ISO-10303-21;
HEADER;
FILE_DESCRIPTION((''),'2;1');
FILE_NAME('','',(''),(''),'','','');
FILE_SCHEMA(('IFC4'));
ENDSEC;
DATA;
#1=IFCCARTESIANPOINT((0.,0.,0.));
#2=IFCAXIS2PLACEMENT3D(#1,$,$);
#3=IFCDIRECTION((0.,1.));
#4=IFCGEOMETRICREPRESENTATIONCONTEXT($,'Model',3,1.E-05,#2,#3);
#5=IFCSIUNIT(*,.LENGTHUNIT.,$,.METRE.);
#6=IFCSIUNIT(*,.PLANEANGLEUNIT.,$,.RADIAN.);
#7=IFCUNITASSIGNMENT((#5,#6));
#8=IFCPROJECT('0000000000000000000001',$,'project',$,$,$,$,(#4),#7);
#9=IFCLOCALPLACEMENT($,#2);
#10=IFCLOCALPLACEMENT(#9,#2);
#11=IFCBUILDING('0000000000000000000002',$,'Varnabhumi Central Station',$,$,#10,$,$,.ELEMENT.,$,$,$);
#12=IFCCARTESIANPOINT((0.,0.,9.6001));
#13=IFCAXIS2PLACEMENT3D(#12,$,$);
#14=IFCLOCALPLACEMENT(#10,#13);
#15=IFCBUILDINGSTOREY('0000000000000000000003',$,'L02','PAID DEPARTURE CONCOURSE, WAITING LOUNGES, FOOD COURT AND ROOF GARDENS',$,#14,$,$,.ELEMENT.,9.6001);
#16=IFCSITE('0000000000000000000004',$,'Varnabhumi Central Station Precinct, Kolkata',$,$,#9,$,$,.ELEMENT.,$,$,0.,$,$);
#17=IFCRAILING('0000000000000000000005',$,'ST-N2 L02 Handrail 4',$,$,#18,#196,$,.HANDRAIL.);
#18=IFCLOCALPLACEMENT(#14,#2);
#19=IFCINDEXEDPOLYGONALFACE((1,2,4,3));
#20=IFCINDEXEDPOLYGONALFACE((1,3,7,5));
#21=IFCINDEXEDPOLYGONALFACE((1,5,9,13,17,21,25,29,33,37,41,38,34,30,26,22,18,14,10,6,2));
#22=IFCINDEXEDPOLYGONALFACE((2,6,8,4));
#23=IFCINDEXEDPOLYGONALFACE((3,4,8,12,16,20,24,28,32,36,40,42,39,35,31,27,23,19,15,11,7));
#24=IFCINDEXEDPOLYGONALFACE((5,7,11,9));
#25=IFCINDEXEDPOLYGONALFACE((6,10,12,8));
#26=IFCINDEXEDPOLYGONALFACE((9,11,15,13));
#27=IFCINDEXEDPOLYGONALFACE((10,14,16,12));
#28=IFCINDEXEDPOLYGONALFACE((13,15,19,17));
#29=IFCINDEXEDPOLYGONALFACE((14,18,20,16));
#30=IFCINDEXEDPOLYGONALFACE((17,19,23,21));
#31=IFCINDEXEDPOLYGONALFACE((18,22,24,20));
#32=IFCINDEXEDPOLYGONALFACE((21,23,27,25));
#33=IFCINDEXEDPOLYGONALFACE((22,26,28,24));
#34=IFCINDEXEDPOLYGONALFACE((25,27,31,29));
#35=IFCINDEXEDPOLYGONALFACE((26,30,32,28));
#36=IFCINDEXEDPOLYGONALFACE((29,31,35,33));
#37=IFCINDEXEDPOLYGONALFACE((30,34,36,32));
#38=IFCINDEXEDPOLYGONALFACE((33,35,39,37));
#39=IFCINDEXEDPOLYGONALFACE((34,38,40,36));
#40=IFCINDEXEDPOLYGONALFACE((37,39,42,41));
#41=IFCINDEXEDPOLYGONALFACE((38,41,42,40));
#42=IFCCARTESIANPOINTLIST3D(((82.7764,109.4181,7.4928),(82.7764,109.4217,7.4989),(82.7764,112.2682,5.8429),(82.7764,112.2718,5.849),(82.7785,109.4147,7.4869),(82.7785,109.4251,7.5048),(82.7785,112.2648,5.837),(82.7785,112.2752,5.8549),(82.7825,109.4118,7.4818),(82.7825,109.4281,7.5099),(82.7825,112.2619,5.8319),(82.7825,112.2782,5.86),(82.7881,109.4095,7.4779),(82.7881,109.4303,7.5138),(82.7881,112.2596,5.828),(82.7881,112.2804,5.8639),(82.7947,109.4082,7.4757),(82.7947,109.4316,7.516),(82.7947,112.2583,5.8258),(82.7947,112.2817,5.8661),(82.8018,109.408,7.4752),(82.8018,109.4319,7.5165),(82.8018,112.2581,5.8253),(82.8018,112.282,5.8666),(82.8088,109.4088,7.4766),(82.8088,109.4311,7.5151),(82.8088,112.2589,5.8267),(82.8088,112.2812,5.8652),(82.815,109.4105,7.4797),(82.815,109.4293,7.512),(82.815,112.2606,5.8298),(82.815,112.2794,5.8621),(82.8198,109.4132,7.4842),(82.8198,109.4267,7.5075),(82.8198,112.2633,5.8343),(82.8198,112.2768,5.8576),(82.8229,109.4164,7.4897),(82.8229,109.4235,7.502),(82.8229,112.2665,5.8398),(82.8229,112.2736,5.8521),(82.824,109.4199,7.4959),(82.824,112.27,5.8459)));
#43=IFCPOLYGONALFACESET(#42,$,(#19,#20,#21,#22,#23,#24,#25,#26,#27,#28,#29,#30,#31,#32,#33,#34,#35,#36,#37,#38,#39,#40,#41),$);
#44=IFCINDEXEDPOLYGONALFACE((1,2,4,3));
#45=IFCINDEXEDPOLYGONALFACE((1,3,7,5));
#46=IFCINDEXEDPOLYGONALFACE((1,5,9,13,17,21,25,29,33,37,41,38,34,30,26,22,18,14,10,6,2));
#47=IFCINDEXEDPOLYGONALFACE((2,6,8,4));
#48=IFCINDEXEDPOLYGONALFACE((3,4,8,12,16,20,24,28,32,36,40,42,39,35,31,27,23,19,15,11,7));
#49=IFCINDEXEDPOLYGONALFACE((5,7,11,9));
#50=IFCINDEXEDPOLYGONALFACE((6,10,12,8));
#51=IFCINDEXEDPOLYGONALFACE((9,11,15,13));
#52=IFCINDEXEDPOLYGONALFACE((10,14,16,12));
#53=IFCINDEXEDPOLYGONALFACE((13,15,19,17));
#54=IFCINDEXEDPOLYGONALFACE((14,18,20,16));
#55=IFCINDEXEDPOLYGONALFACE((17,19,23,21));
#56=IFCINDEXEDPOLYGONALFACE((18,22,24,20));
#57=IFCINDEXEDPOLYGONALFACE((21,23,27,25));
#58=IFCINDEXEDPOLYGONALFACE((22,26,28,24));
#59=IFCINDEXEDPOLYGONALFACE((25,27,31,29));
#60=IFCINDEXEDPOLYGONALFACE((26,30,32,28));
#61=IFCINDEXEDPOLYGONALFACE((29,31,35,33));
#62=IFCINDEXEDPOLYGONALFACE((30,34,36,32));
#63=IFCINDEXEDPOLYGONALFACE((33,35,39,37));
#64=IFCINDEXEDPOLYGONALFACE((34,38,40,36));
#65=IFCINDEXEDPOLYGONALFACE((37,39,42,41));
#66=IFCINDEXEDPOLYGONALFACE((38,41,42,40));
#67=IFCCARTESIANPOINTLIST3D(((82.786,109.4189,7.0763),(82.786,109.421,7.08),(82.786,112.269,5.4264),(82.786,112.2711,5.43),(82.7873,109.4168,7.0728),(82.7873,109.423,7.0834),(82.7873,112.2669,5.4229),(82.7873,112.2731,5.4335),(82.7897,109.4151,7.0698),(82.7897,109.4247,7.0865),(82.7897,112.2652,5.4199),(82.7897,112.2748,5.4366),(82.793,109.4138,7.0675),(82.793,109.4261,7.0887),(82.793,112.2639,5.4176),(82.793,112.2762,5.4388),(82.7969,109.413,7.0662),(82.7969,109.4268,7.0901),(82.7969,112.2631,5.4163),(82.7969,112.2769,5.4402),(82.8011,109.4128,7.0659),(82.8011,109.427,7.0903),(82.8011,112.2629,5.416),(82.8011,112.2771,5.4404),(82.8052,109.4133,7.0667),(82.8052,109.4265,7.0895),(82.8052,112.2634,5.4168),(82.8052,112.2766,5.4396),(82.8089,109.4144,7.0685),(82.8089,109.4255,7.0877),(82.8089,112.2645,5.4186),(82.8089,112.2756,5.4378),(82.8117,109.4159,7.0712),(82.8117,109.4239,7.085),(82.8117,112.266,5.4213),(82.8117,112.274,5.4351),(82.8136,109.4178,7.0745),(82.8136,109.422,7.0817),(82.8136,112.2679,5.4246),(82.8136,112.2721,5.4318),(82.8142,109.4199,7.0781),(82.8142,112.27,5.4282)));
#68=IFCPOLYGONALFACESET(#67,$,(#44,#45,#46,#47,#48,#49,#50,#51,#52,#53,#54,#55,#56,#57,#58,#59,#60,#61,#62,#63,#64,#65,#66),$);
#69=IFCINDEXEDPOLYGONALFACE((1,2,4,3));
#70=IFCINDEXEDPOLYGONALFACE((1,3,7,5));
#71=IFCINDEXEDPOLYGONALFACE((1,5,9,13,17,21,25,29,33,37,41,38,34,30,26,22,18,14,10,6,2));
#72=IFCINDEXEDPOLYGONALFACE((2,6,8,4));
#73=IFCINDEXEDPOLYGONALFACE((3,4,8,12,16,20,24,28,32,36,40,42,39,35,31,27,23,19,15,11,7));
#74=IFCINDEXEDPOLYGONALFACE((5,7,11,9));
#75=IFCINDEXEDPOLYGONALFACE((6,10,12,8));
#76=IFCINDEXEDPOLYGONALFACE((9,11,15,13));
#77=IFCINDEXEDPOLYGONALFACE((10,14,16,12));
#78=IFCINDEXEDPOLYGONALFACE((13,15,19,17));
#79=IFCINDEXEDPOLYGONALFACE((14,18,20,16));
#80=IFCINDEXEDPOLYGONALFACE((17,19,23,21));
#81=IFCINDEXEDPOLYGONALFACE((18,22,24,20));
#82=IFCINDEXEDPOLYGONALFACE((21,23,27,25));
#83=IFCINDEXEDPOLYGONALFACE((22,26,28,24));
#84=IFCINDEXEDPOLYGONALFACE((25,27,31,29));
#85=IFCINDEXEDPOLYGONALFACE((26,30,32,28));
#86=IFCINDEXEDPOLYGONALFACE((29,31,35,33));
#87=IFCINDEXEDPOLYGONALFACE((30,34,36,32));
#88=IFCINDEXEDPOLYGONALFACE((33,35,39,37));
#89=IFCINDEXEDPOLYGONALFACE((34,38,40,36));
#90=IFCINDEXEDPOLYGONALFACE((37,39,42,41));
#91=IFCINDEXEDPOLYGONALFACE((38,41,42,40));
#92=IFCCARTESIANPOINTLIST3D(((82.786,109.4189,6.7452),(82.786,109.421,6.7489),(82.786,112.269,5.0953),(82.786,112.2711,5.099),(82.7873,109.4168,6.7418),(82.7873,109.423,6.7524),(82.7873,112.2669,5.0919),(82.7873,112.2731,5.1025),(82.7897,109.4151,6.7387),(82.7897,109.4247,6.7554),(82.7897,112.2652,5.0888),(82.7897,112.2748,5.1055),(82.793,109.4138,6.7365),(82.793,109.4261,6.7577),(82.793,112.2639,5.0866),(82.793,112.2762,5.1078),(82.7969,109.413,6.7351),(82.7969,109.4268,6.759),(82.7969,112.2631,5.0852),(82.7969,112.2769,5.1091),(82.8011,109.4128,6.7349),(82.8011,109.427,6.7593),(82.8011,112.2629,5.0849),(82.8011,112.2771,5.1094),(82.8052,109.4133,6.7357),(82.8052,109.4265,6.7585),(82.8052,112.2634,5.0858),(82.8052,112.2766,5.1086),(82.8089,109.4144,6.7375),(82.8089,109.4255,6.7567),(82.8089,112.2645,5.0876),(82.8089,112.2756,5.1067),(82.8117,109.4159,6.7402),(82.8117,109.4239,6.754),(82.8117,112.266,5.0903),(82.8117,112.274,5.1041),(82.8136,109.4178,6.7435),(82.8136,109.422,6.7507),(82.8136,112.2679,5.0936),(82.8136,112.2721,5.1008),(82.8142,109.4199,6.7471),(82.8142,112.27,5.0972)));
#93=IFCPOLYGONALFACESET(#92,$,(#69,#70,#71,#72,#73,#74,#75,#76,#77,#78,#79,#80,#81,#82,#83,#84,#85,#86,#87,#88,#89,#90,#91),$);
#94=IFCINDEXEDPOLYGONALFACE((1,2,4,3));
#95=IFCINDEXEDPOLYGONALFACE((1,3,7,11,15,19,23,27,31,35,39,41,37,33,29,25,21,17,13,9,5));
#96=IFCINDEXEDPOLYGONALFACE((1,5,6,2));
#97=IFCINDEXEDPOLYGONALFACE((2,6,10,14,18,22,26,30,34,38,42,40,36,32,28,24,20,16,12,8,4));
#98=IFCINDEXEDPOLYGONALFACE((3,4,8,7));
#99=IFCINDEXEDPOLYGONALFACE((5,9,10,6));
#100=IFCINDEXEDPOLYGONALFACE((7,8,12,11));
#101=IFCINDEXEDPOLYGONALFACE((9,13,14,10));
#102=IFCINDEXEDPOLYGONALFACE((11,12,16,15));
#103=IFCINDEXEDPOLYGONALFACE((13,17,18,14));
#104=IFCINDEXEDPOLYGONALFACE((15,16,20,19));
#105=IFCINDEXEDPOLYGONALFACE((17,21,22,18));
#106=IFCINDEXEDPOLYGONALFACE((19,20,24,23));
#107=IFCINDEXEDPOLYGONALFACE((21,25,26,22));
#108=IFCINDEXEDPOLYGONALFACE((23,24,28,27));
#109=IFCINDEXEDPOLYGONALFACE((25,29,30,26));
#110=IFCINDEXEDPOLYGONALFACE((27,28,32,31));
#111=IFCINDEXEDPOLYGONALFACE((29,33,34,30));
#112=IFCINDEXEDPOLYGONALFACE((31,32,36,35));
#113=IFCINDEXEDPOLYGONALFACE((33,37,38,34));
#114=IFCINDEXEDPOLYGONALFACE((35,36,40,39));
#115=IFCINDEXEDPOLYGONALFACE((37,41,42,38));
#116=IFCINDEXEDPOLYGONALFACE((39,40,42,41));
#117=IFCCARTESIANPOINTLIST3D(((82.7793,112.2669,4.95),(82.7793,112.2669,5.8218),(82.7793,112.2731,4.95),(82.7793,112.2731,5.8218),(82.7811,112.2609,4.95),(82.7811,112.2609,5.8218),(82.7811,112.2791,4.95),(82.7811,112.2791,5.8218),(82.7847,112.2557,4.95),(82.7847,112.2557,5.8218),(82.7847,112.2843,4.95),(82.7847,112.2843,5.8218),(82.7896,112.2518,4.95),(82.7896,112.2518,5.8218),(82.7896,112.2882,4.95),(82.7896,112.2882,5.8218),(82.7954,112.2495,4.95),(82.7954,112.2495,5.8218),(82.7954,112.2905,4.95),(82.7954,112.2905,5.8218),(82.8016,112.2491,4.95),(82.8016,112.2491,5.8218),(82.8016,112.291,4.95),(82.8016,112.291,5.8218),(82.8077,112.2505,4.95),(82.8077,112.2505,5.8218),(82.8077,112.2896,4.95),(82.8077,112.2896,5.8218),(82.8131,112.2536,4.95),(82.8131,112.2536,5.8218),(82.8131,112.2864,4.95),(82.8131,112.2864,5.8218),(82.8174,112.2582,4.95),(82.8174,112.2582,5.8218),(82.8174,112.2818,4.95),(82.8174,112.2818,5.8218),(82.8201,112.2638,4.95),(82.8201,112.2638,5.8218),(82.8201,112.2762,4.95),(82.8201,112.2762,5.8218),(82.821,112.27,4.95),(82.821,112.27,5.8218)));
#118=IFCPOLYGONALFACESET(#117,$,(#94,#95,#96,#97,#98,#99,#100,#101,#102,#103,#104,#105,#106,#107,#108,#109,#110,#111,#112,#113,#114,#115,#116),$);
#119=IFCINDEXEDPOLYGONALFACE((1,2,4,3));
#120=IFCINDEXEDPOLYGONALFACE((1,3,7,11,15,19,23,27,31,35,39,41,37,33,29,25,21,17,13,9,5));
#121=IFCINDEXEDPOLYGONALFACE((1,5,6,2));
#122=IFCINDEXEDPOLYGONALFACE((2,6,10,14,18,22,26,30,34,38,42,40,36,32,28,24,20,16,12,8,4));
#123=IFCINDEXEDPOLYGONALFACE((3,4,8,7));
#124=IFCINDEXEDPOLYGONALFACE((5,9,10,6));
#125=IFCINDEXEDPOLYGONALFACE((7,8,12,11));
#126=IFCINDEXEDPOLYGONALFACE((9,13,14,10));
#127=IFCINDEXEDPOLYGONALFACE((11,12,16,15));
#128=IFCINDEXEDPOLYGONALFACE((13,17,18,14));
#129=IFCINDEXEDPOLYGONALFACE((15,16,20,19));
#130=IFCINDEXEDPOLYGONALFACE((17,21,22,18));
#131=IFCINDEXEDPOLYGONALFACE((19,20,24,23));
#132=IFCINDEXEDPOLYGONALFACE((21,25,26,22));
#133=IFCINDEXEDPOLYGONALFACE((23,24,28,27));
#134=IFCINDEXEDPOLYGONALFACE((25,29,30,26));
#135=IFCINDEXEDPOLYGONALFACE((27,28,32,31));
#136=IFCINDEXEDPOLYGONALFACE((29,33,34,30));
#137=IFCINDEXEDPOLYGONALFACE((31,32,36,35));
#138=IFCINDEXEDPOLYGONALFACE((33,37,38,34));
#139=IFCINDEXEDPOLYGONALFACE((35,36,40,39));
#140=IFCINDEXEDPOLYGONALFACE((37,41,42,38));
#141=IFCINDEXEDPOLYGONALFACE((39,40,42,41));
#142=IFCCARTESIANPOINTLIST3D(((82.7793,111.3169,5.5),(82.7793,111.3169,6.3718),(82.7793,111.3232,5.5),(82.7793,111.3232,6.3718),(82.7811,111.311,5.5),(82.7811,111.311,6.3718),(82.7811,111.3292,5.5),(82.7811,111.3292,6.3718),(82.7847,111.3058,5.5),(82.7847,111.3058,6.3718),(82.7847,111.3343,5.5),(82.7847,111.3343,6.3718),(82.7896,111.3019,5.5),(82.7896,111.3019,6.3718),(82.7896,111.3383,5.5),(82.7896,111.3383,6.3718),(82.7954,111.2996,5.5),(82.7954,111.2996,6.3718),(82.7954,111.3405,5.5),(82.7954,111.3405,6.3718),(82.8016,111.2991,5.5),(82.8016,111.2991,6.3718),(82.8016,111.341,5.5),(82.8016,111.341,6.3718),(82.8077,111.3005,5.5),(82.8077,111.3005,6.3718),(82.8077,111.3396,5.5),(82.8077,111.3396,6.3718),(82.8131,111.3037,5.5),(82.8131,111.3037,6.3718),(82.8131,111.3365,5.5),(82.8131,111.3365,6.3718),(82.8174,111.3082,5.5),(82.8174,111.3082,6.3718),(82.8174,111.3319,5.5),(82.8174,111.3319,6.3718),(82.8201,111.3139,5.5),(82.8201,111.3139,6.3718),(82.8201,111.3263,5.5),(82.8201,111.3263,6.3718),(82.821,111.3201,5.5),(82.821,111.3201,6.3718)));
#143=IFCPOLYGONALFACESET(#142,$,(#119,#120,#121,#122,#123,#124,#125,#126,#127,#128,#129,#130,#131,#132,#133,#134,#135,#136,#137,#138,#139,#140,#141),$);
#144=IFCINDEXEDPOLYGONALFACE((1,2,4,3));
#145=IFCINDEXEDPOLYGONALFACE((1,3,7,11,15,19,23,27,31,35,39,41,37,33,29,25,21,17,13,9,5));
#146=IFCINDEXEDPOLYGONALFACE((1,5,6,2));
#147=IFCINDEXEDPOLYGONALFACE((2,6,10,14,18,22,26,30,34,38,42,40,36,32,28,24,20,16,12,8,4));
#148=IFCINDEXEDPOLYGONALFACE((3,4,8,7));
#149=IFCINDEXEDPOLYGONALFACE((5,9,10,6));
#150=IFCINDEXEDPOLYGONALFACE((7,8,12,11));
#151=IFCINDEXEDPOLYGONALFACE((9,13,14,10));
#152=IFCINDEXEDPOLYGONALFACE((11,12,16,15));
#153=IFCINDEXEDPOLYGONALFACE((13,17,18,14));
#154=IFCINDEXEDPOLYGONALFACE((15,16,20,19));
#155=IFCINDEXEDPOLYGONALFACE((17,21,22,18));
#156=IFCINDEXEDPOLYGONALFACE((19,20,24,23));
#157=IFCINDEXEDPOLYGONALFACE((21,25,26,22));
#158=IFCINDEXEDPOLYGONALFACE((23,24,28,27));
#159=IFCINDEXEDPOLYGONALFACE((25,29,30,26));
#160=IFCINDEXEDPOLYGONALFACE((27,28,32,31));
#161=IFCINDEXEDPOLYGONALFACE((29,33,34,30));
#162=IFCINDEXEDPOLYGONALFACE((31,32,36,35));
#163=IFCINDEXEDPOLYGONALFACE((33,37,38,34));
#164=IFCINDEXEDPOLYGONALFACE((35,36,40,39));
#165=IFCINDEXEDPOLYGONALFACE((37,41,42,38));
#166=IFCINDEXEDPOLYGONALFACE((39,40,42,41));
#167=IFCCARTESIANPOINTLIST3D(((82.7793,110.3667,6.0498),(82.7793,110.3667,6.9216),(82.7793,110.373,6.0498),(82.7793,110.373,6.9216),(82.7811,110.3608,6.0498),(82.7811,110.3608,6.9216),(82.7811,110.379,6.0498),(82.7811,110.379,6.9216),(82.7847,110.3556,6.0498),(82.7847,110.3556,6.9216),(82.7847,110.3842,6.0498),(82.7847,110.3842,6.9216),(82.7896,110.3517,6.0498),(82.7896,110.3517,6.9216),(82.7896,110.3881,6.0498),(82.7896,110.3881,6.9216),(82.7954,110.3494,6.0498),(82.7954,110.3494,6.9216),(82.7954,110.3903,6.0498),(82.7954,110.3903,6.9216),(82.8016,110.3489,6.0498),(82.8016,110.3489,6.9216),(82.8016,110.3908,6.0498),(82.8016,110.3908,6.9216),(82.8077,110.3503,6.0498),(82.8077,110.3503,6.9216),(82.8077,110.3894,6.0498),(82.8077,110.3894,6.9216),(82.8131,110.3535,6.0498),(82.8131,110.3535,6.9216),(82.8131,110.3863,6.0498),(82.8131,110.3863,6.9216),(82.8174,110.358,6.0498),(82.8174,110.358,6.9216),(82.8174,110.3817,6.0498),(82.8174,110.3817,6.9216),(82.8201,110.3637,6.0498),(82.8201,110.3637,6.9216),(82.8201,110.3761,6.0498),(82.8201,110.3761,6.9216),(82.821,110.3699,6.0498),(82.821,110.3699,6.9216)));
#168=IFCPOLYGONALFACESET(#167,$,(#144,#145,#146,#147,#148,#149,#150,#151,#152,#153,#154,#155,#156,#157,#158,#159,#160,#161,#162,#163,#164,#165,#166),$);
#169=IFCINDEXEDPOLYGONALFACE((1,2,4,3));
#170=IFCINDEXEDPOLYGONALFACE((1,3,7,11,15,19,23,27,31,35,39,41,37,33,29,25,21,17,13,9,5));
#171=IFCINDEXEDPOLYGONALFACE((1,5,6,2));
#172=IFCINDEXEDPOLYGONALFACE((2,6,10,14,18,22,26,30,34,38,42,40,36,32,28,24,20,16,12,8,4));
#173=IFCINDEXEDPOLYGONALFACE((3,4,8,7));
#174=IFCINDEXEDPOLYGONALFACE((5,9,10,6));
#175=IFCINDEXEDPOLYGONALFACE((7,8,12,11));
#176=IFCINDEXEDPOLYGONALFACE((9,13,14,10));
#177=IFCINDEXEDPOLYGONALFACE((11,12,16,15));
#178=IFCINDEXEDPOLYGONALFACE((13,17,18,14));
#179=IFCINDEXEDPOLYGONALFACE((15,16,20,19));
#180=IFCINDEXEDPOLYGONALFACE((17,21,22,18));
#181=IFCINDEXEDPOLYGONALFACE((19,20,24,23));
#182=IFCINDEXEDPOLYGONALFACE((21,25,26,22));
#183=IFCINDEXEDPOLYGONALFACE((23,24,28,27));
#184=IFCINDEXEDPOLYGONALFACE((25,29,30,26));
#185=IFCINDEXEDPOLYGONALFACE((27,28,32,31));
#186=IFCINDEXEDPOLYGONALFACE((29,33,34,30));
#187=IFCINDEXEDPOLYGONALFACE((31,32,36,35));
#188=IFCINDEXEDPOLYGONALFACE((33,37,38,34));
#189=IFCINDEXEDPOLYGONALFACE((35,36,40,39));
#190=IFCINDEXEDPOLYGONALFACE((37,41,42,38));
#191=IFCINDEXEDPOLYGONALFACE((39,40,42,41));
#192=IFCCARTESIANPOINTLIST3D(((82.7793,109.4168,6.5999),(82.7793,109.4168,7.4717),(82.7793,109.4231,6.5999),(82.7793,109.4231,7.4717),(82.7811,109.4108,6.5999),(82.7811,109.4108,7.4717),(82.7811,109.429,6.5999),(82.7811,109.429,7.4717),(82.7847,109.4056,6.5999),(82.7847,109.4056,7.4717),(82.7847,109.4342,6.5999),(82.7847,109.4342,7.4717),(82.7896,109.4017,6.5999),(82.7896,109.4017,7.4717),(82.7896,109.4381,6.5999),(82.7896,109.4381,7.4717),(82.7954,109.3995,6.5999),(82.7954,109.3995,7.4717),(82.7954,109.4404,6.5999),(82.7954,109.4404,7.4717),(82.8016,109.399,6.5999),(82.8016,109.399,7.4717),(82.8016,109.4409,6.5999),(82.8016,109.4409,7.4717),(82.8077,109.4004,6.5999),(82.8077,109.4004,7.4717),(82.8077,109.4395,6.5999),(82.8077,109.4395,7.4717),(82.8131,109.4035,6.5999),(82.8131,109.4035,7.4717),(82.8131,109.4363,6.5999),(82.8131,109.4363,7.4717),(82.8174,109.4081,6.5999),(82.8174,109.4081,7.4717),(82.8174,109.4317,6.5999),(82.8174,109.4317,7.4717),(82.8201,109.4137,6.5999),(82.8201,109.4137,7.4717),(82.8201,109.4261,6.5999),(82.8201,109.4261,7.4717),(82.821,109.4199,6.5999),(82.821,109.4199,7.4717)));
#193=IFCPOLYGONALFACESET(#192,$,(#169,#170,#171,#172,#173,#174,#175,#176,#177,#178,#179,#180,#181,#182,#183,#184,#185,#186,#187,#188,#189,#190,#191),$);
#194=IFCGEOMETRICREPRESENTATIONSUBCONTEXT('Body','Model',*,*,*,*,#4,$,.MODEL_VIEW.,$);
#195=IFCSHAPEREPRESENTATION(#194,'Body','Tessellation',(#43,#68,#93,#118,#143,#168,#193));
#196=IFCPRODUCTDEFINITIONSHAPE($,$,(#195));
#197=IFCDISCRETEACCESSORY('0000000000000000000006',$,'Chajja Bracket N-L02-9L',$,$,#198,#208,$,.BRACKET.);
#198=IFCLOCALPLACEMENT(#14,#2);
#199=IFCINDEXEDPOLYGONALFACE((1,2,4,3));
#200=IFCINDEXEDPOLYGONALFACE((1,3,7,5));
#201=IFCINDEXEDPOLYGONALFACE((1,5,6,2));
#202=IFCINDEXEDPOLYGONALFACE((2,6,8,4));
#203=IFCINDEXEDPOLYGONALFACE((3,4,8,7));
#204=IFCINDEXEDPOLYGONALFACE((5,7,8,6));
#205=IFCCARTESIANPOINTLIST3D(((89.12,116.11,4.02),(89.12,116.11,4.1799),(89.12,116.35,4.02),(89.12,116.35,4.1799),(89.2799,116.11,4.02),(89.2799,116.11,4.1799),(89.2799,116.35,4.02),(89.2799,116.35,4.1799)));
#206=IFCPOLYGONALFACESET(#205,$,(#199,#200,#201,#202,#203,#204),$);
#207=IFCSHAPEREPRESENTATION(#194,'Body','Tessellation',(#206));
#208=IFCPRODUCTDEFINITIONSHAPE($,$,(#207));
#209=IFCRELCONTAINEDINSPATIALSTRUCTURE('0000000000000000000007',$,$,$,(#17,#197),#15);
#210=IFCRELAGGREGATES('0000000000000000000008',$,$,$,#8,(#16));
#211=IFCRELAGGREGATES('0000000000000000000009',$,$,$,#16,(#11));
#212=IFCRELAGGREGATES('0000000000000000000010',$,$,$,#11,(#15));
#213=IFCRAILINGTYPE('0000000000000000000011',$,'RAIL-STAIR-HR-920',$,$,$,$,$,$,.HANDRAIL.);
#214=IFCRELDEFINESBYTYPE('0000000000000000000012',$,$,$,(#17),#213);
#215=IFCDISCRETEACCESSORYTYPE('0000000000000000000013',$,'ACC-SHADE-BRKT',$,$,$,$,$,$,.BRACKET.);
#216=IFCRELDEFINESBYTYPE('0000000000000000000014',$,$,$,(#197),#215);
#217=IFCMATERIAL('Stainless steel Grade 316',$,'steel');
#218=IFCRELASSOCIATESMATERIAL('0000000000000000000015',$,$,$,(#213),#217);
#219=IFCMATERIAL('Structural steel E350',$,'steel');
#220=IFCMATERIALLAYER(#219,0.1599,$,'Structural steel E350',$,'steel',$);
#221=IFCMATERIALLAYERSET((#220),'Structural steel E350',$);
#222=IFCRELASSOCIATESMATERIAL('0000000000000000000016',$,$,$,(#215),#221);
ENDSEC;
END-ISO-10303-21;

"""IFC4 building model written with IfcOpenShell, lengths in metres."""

from ifc_helpers import new_model, si_unit, direction, frame, origin, origin_2d, place, context, subcontext, project, spatial, rectangle, circle, extrude, material, layer, layer_set, type_object, element, save


model = new_model("IFC4")

# Units and contexts
model_context = context("Model", 3, precision=1e-05, world=origin(), true_north=direction((0.0, 1.0)))
body_context = subcontext(model_context, "Body", "Model", "MODEL_VIEW")
ifc_project = project(units=[si_unit("LENGTHUNIT", "METRE"), si_unit("PLANEANGLEUNIT", "RADIAN")], contexts=[model_context])

# Site, building, storey
site_placement = place(None, origin())
site = spatial("IfcSite", under=ifc_project, at=site_placement, Name="Varnabhumi Central Station Precinct, Kolkata", CompositionType="ELEMENT", RefElevation=0.0)
building_placement = place(site_placement, origin())
building = spatial("IfcBuilding", under=site, at=building_placement, Name="Varnabhumi Central Station", CompositionType="ELEMENT")
storey_placement = place(building_placement, frame((0.0, 0.0, 9.6001)))
storey = spatial("IfcBuildingStorey", under=building, at=storey_placement, Name="L02", Description="PAID DEPARTURE CONCOURSE, WAITING LOUNGES, FOOD COURT AND ROOF GARDENS", CompositionType="ELEMENT", Elevation=9.6001)

# Shared definitions
ifc_material_1 = material(Name="Structural steel E350", Category="steel")

# Shared definitions
ifc_material_2 = material(Name="Stainless steel Grade 316", Category="steel")

# Railing
railing_type_1 = type_object("IfcRailingType", Name="RAIL-STAIR-HR-920", PredefinedType="HANDRAIL", material=ifc_material_2)
railing_1_placement = place(storey_placement, frame((82.8, 112.27, 4.95)))
element("IfcRailing", 1, at=railing_1_placement, inside=storey, type_object=railing_type_1, Name="ST-N2 L02 Handrail 4", PredefinedType="HANDRAIL", context=body_context, shape_type="SweptSolid", body=[
    extrude(circle(Radius=0.0239, at=origin_2d()), frame((0.0, 0.0, 0.896), z_axis=(0.0, -0.865447, 0.501001), x_axis=(1.0, 0.0, 0.0)), (0.0, 0.0, 1.0), 3.2932),
    extrude(circle(Radius=0.0142, at=origin_2d()), frame((0.0, 0.0, 0.4783), z_axis=(0.0, -0.865447, 0.501001), x_axis=(1.0, 0.0, 0.0)), (0.0, 0.0, 1.0), 3.2932),
    extrude(circle(Radius=0.0142, at=origin_2d()), frame((0.0, 0.0, 0.1472), z_axis=(0.0, -0.865447, 0.501001), x_axis=(1.0, 0.0, 0.0)), (0.0, 0.0, 1.0), 3.2932),
    extrude(circle(Radius=0.021, at=origin_2d()), origin(), (0.0, 0.0, 1.0), 0.8718),
    extrude(circle(Radius=0.021, at=origin_2d()), frame((0.0, -0.95, 0.55)), (0.0, 0.0, 1.0), 0.8718),
    extrude(circle(Radius=0.021, at=origin_2d()), frame((0.0, -1.9001, 1.0999)), (0.0, 0.0, 1.0), 0.8718),
    extrude(circle(Radius=0.021, at=origin_2d()), frame((0.0, -2.8501, 1.6499)), (0.0, 0.0, 1.0), 0.8718),
])

# Discrete accessory
ifc_layer_1 = layer(ifc_material_1, 0.1599, Name="Structural steel E350", Category="steel")
ifc_layer_set_1 = layer_set([ifc_layer_1], Name="Structural steel E350")
discrete_accessory_type = type_object("IfcDiscreteAccessoryType", Name="ACC-SHADE-BRKT", PredefinedType="BRACKET", material=ifc_layer_set_1)
discrete_accessory_placement = place(storey_placement, frame((89.2, 116.23, 4.02), z_axis=(0.0, 0.0, 1.0), x_axis=(1.0, 0.0, 0.0)))
element("IfcDiscreteAccessory", 2, at=discrete_accessory_placement, inside=storey, type_object=discrete_accessory_type, Name="Chajja Bracket N-L02-9L", PredefinedType="BRACKET", context=body_context, shape_type="SweptSolid", body=[
    extrude(rectangle(XDim=0.1599, YDim=0.24, at=origin_2d()), origin(), (0.0, 0.0, 1.0), 0.1599),
])

save(model, "model.ifc")
